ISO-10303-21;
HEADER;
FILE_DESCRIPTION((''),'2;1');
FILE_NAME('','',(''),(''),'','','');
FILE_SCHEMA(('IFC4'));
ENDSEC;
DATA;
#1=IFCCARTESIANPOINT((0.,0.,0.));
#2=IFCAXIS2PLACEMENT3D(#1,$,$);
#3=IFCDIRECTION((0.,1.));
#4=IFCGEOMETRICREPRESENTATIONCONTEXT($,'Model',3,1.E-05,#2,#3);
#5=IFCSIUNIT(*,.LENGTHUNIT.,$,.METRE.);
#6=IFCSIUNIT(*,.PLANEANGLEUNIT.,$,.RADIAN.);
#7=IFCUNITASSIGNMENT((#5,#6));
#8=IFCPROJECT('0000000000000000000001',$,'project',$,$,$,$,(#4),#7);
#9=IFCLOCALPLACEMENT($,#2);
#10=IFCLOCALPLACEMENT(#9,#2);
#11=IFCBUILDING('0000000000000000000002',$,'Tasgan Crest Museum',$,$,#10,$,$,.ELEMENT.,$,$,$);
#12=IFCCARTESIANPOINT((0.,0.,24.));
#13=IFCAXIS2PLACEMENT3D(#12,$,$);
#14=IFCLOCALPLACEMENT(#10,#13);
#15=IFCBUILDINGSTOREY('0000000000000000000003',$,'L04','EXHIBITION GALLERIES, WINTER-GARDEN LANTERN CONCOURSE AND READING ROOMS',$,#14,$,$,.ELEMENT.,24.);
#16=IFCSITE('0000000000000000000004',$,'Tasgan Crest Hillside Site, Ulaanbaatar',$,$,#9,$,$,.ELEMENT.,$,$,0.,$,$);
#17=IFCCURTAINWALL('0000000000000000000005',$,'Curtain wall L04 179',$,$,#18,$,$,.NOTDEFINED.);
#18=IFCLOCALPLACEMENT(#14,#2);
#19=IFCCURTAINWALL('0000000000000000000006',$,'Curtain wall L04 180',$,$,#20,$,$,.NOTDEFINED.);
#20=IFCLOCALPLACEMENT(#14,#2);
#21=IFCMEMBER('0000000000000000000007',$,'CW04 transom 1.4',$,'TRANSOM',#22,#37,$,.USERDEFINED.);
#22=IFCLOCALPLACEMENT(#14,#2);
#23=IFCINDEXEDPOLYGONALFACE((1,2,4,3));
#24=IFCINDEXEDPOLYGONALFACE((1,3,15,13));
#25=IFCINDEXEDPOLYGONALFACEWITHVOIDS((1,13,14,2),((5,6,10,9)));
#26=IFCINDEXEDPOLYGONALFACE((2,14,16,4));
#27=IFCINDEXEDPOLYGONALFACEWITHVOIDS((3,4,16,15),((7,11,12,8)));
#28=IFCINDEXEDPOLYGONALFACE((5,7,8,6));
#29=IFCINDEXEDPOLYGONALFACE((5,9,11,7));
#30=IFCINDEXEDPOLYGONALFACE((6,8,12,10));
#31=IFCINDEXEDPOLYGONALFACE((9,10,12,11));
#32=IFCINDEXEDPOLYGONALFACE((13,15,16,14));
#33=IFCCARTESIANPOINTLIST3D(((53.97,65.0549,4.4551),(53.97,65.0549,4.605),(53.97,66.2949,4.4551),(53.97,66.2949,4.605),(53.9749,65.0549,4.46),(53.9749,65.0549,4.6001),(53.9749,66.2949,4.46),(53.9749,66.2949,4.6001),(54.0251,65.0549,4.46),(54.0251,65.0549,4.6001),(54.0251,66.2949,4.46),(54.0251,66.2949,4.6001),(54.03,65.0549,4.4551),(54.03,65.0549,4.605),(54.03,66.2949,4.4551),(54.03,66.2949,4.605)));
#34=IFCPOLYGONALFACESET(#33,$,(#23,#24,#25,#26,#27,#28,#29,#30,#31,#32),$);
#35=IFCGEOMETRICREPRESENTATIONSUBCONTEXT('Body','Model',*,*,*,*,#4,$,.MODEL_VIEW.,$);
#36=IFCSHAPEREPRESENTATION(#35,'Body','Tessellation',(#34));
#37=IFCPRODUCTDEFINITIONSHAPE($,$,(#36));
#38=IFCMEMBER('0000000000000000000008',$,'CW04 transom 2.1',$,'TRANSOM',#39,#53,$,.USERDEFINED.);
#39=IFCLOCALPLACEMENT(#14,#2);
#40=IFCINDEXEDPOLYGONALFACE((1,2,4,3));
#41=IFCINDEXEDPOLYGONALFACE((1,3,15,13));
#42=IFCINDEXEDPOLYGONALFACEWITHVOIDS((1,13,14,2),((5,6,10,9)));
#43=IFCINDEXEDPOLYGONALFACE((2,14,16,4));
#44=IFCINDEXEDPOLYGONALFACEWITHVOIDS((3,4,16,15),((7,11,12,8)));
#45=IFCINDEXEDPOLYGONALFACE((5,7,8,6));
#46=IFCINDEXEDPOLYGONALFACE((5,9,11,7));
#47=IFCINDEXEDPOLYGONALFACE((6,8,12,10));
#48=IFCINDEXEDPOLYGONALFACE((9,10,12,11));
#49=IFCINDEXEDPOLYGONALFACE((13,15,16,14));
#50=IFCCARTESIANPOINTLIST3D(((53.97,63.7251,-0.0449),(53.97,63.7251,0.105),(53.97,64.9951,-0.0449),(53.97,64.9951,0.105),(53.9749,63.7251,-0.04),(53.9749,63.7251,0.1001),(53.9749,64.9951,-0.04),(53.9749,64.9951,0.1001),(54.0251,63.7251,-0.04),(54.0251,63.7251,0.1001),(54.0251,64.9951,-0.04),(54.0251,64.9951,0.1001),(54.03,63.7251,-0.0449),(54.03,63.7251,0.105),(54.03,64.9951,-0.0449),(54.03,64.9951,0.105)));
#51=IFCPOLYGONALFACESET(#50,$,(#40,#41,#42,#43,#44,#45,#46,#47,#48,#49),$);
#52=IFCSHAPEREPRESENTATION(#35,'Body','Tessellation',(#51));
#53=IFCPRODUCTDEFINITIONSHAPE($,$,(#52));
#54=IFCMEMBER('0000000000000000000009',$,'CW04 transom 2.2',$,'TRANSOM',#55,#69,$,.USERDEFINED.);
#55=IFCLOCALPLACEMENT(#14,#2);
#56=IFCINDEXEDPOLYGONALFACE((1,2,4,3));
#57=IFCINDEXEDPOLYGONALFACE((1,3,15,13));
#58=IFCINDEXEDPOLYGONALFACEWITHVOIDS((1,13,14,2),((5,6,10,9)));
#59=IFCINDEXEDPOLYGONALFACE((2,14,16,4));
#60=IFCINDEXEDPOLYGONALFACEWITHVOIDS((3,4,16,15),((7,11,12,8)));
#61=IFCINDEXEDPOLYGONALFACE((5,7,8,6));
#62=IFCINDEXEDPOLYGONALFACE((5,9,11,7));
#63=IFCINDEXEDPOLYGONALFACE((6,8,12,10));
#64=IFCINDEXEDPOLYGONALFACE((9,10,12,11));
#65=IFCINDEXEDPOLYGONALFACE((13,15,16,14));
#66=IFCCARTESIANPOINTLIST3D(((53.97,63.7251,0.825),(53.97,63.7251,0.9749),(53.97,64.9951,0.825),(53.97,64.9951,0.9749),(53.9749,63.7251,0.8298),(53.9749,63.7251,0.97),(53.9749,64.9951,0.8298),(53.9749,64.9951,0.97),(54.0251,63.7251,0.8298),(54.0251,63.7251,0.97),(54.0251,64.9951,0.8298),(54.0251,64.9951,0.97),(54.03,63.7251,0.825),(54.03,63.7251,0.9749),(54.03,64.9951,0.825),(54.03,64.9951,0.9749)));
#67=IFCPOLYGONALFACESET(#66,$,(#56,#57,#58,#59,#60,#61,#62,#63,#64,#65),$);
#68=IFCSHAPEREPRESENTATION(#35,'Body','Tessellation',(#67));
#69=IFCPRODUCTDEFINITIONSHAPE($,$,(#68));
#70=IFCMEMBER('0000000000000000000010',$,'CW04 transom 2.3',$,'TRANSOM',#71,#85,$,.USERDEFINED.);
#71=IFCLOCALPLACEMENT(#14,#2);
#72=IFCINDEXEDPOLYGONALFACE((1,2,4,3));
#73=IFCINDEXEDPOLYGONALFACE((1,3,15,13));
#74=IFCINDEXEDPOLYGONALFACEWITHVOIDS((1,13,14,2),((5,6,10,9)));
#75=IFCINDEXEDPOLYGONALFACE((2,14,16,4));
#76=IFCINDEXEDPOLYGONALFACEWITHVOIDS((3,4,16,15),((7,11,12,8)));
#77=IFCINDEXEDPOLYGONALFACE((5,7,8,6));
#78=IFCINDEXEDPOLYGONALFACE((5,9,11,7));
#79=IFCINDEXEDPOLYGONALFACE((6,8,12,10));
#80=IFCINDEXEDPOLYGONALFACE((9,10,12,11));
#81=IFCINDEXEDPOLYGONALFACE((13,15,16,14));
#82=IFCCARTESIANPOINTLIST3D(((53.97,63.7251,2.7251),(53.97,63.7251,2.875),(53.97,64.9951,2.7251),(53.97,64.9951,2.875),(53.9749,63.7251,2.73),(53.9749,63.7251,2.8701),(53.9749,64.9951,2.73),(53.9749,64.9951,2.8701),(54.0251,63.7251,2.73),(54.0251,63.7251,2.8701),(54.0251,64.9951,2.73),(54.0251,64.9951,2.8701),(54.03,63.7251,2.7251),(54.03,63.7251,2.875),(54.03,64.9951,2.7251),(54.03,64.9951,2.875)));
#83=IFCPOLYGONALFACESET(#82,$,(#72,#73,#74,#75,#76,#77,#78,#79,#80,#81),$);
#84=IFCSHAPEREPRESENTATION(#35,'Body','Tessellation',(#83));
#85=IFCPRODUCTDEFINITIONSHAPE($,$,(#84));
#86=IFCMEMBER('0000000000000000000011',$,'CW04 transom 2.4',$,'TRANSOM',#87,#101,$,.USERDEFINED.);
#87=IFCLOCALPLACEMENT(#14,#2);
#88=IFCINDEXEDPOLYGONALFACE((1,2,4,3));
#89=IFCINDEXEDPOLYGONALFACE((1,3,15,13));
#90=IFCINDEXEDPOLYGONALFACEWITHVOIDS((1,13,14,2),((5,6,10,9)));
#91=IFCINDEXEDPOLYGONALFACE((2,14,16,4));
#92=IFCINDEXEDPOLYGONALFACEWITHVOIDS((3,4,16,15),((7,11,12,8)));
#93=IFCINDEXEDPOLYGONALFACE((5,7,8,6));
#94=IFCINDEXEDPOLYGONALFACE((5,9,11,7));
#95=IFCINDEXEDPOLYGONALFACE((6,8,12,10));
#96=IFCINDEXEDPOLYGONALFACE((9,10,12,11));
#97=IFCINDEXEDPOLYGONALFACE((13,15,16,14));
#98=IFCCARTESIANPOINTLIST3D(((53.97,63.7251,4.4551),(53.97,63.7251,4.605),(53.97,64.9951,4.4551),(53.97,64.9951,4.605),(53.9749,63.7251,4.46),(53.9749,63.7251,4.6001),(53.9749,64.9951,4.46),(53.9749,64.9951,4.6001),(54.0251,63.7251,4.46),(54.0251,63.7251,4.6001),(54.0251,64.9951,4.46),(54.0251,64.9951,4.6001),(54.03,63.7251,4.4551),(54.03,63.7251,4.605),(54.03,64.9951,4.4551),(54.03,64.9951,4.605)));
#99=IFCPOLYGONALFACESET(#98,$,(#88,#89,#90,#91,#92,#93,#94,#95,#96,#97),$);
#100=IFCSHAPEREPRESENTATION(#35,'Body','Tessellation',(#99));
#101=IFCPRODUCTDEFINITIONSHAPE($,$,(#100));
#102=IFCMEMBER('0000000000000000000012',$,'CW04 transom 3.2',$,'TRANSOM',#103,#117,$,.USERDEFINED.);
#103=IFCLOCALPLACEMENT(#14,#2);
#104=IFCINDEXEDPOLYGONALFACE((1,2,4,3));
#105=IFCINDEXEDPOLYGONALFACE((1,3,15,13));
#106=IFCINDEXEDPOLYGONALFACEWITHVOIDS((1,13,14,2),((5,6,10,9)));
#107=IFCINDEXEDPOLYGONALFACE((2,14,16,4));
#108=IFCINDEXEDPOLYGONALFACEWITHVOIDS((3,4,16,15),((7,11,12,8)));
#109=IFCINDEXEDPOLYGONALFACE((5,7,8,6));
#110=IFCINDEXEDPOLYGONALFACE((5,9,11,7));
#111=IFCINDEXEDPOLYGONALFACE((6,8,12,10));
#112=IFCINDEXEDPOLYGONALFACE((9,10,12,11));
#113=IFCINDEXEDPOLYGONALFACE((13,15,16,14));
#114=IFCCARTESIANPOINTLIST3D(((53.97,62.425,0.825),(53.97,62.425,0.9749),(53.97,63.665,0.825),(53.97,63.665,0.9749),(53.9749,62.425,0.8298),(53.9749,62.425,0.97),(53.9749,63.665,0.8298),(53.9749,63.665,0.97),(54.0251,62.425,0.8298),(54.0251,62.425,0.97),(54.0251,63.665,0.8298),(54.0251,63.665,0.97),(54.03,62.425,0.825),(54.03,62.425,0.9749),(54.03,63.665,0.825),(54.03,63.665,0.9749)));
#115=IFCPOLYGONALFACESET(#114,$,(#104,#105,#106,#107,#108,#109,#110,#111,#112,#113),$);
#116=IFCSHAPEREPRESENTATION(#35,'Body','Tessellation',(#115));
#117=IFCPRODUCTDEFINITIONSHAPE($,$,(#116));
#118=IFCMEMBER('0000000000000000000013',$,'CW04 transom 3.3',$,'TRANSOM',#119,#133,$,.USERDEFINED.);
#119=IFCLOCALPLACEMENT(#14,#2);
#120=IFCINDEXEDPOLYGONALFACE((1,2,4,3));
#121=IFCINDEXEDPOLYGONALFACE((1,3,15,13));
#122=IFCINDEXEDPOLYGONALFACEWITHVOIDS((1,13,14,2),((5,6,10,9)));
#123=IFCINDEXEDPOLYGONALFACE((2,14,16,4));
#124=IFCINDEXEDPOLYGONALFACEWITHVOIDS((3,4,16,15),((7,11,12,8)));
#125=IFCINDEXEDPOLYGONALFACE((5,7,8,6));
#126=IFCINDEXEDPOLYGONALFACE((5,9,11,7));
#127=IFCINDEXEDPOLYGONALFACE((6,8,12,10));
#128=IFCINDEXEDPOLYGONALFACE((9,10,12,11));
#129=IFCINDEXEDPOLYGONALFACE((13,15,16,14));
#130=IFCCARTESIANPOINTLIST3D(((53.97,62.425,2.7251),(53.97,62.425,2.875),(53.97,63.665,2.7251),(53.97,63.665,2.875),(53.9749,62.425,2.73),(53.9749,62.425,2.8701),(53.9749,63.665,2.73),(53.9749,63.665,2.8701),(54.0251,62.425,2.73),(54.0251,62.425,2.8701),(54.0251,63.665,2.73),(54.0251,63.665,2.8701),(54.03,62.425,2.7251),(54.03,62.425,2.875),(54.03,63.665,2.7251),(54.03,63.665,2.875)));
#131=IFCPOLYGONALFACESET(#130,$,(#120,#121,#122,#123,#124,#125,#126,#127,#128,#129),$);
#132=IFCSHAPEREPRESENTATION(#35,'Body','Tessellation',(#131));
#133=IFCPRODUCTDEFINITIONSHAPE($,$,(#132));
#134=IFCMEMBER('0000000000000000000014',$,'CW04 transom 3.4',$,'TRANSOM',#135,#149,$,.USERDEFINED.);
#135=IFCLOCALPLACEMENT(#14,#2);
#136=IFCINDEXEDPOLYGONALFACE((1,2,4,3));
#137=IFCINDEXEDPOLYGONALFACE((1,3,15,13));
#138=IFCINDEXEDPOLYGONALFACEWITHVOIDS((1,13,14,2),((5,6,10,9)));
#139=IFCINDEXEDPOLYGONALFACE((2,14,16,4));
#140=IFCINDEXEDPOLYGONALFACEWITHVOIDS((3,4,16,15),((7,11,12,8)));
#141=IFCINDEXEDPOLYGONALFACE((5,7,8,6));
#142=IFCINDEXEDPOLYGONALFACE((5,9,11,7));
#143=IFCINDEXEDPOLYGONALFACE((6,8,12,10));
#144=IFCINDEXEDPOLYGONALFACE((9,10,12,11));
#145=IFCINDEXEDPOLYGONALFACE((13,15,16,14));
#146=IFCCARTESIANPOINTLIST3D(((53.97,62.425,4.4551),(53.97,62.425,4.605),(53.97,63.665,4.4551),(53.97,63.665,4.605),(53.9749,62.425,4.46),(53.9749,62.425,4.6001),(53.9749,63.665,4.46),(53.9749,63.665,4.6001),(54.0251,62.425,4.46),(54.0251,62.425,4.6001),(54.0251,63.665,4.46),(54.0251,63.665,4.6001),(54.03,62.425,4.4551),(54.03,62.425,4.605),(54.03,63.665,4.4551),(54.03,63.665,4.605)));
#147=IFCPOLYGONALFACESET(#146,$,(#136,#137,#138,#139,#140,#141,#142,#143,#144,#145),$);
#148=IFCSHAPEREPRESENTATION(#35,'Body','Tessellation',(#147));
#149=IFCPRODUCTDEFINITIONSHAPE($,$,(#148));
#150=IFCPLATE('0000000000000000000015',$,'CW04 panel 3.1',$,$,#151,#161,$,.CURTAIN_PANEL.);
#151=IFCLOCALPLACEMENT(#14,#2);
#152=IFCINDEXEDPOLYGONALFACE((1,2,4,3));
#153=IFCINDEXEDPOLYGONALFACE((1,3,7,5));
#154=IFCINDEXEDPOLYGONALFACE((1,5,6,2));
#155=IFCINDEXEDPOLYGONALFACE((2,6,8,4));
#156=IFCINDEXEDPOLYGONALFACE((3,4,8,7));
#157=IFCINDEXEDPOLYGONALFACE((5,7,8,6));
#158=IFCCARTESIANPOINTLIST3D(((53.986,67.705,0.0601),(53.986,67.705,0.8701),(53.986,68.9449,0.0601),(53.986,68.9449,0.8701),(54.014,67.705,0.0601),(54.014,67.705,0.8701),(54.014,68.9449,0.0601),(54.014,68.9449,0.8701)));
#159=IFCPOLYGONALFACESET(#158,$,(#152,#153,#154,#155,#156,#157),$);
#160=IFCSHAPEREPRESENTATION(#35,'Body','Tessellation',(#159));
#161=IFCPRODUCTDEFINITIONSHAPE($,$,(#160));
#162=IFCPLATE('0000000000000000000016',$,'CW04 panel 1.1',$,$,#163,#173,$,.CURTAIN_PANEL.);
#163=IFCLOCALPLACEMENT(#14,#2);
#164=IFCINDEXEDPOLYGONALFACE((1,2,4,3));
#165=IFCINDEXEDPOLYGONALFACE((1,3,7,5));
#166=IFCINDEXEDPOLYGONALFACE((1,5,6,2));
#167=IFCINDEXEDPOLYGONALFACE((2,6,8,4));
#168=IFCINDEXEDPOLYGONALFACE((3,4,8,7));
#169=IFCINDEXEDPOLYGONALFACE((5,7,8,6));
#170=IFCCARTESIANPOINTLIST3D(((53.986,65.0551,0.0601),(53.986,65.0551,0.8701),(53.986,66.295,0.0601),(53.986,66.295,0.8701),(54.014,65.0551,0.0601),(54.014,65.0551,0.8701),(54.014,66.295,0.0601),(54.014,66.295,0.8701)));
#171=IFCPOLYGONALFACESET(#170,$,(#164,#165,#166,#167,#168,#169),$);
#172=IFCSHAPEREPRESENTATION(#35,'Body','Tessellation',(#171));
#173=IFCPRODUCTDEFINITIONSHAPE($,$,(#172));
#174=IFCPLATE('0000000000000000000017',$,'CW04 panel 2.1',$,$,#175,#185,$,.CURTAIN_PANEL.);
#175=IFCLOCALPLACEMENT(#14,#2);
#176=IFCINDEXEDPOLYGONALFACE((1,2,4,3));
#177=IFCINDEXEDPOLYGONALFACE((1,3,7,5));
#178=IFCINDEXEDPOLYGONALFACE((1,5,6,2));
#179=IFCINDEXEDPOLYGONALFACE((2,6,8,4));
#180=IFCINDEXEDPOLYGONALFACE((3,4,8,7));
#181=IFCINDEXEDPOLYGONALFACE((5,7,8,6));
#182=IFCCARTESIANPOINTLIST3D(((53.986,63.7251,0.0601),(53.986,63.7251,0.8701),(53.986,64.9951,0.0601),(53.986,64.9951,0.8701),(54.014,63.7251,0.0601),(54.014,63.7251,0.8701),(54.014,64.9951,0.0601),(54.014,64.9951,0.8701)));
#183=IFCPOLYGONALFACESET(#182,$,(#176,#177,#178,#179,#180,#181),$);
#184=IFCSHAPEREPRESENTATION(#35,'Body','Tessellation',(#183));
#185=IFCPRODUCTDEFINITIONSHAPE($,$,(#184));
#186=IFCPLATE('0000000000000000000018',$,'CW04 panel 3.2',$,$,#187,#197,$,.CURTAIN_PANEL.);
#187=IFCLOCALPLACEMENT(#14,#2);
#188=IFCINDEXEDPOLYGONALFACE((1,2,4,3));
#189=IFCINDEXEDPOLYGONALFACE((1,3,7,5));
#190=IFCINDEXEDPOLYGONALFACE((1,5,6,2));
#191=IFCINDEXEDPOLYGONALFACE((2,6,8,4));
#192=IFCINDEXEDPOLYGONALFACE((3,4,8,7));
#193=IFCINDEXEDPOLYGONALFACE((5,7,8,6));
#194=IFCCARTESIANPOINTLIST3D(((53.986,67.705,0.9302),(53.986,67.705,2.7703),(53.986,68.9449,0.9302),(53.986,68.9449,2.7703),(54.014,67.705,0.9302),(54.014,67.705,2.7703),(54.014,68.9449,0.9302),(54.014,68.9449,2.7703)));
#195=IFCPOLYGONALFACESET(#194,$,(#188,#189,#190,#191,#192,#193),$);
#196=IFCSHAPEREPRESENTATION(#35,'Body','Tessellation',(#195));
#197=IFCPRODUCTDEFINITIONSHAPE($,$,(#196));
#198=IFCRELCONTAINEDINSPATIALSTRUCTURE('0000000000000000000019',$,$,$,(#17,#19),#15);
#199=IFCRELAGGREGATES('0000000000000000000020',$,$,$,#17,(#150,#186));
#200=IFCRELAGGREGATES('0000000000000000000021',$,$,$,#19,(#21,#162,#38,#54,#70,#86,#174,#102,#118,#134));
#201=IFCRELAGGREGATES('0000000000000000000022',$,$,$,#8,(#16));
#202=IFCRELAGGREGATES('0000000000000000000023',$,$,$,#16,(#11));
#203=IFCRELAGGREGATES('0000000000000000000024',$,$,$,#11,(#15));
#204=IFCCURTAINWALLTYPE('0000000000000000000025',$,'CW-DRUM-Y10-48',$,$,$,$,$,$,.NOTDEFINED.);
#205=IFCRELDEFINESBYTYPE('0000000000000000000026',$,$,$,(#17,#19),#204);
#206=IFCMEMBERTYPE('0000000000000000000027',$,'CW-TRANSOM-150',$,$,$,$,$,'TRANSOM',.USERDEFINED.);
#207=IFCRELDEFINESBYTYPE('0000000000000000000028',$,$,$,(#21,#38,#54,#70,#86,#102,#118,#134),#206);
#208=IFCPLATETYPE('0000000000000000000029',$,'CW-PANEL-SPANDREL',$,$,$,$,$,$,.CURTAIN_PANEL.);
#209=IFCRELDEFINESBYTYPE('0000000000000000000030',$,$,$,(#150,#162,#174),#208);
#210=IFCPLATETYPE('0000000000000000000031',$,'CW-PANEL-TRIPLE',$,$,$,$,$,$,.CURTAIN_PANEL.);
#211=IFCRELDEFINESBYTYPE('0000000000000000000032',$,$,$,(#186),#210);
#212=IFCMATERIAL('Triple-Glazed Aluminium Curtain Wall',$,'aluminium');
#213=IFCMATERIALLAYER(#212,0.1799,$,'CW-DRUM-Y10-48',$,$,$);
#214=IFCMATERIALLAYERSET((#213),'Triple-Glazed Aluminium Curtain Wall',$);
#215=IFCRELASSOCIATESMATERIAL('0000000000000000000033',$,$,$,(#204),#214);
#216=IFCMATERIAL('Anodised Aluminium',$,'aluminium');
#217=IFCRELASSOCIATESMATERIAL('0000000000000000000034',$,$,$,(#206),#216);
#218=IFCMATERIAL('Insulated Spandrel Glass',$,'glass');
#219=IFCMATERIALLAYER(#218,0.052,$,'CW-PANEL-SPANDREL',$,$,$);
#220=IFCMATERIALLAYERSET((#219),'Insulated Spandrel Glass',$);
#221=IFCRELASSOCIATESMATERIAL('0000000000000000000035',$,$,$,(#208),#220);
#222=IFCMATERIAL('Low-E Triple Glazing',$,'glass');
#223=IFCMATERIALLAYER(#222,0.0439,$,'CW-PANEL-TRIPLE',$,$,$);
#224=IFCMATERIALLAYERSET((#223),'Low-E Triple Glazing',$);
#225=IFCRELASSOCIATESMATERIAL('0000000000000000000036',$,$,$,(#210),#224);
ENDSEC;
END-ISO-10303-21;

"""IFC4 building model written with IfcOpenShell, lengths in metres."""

from ifc_helpers import new_model, si_unit, direction, frame, origin, origin_2d, place, context, subcontext, project, spatial, rectangle, hollow_rectangle, extrude, material, layer, layer_set, material_profile, profile_set, type_object, element, aggregate, save


model = new_model("IFC4")

# Units and contexts
model_context = context("Model", 3, precision=1e-05, world=origin(), true_north=direction((0.0, 1.0)))
body_context = subcontext(model_context, "Body", "Model", "MODEL_VIEW")
ifc_project = project(units=[si_unit("LENGTHUNIT", "METRE"), si_unit("PLANEANGLEUNIT", "RADIAN")], contexts=[model_context])

# Site, building, storey
site_placement = place(None, origin())
site = spatial("IfcSite", under=ifc_project, at=site_placement, Name="Tasgan Crest Hillside Site, Ulaanbaatar", CompositionType="ELEMENT", RefElevation=0.0)
building_placement = place(site_placement, origin())
building = spatial("IfcBuilding", under=site, at=building_placement, Name="Tasgan Crest Museum", CompositionType="ELEMENT")
storey_placement = place(building_placement, frame((0.0, 0.0, 24.0)))
storey = spatial("IfcBuildingStorey", under=building, at=storey_placement, Name="L04", Description="EXHIBITION GALLERIES, WINTER-GARDEN LANTERN CONCOURSE AND READING ROOMS", CompositionType="ELEMENT", Elevation=24.0)

# Curtain wall
ifc_material_1 = material(Name="Triple-Glazed Aluminium Curtain Wall", Category="aluminium")
ifc_layer_1 = layer(ifc_material_1, 0.1799, Name="CW-DRUM-Y10-48")
ifc_layer_set_1 = layer_set([ifc_layer_1], Name="Triple-Glazed Aluminium Curtain Wall")
curtain_wall_type = type_object("IfcCurtainWallType", Name="CW-DRUM-Y10-48", PredefinedType="NOTDEFINED", material=ifc_layer_set_1)
curtain_wall_1_placement = place(storey_placement, origin())
curtain_wall_1 = element("IfcCurtainWall", 1, at=curtain_wall_1_placement, inside=storey, type_object=curtain_wall_type, Name="Curtain wall L04 179", PredefinedType="NOTDEFINED")

# Curtain wall
curtain_wall_2_placement = place(storey_placement, origin())
curtain_wall_2 = element("IfcCurtainWall", 2, at=curtain_wall_2_placement, inside=storey, type_object=curtain_wall_type, Name="Curtain wall L04 180", PredefinedType="NOTDEFINED")

# Members
ifc_material_2 = material(Name="Anodised Aluminium", Category="aluminium")
ifc_material_profile_1 = material_profile(ifc_material_2, hollow_rectangle(XDim=0.0601, YDim=0.1499, WallThickness=0.0049, at=origin_2d()), Name="ALU TRANSOM 150x60x5")
ifc_profile_set_1 = profile_set([ifc_material_profile_1], Name="Anodised Aluminium")
member_type_1 = type_object("IfcMemberType", Name="CW-TRANSOM-150", ElementType="TRANSOM", PredefinedType="USERDEFINED", material=ifc_profile_set_1)
member_1_placement = place(storey_placement, frame((54.0, 66.2949, 4.53), z_axis=(0.0, -1.0, 0.0), x_axis=(1.0, 0.0, 0.0)))
member_1 = element("IfcMember", 3, at=member_1_placement, type_object=member_type_1, Name="CW04 transom 1.4", ObjectType="TRANSOM", PredefinedType="USERDEFINED", context=body_context, shape_type="SweptSolid", body=[
    extrude(hollow_rectangle(XDim=0.0601, YDim=0.1499, WallThickness=0.0049, at=origin_2d()), origin(), (0.0, 0.0, 1.0), 1.24),
])
member_2_placement = place(storey_placement, frame((54.0, 64.9951, 0.03), z_axis=(0.0, -1.0, 0.0), x_axis=(1.0, 0.0, 0.0)))
member_2 = element("IfcMember", 4, at=member_2_placement, type_object=member_type_1, Name="CW04 transom 2.1", ObjectType="TRANSOM", PredefinedType="USERDEFINED", context=body_context, shape_type="SweptSolid", body=[
    extrude(hollow_rectangle(XDim=0.0601, YDim=0.1499, WallThickness=0.0049, at=origin_2d()), origin(), (0.0, 0.0, 1.0), 1.27),
])
member_3_placement = place(storey_placement, frame((54.0, 64.9951, 0.8999), z_axis=(0.0, -1.0, 0.0), x_axis=(1.0, 0.0, 0.0)))
member_3 = element("IfcMember", 5, at=member_3_placement, type_object=member_type_1, Name="CW04 transom 2.2", ObjectType="TRANSOM", PredefinedType="USERDEFINED", context=body_context, shape_type="SweptSolid", body=[
    extrude(hollow_rectangle(XDim=0.0601, YDim=0.1499, WallThickness=0.0049, at=origin_2d()), origin(), (0.0, 0.0, 1.0), 1.27),
])
member_4_placement = place(storey_placement, frame((54.0, 64.9951, 2.8), z_axis=(0.0, -1.0, 0.0), x_axis=(1.0, 0.0, 0.0)))
member_4 = element("IfcMember", 6, at=member_4_placement, type_object=member_type_1, Name="CW04 transom 2.3", ObjectType="TRANSOM", PredefinedType="USERDEFINED", context=body_context, shape_type="SweptSolid", body=[
    extrude(hollow_rectangle(XDim=0.0601, YDim=0.1499, WallThickness=0.0049, at=origin_2d()), origin(), (0.0, 0.0, 1.0), 1.27),
])
member_5_placement = place(storey_placement, frame((54.0, 64.9951, 4.53), z_axis=(0.0, -1.0, 0.0), x_axis=(1.0, 0.0, 0.0)))
member_5 = element("IfcMember", 7, at=member_5_placement, type_object=member_type_1, Name="CW04 transom 2.4", ObjectType="TRANSOM", PredefinedType="USERDEFINED", context=body_context, shape_type="SweptSolid", body=[
    extrude(hollow_rectangle(XDim=0.0601, YDim=0.1499, WallThickness=0.0049, at=origin_2d()), origin(), (0.0, 0.0, 1.0), 1.27),
])
member_6_placement = place(storey_placement, frame((54.0, 63.665, 0.8999), z_axis=(0.0, -1.0, 0.0), x_axis=(1.0, 0.0, 0.0)))
member_6 = element("IfcMember", 8, at=member_6_placement, type_object=member_type_1, Name="CW04 transom 3.2", ObjectType="TRANSOM", PredefinedType="USERDEFINED", context=body_context, shape_type="SweptSolid", body=[
    extrude(hollow_rectangle(XDim=0.0601, YDim=0.1499, WallThickness=0.0049, at=origin_2d()), origin(), (0.0, 0.0, 1.0), 1.24),
])
member_7_placement = place(storey_placement, frame((54.0, 63.665, 2.8), z_axis=(0.0, -1.0, 0.0), x_axis=(1.0, 0.0, 0.0)))
member_7 = element("IfcMember", 9, at=member_7_placement, type_object=member_type_1, Name="CW04 transom 3.3", ObjectType="TRANSOM", PredefinedType="USERDEFINED", context=body_context, shape_type="SweptSolid", body=[
    extrude(hollow_rectangle(XDim=0.0601, YDim=0.1499, WallThickness=0.0049, at=origin_2d()), origin(), (0.0, 0.0, 1.0), 1.24),
])
member_8_placement = place(storey_placement, frame((54.0, 63.665, 4.53), z_axis=(0.0, -1.0, 0.0), x_axis=(1.0, 0.0, 0.0)))
member_8 = element("IfcMember", 10, at=member_8_placement, type_object=member_type_1, Name="CW04 transom 3.4", ObjectType="TRANSOM", PredefinedType="USERDEFINED", context=body_context, shape_type="SweptSolid", body=[
    extrude(hollow_rectangle(XDim=0.0601, YDim=0.1499, WallThickness=0.0049, at=origin_2d()), origin(), (0.0, 0.0, 1.0), 1.24),
])

# Plates
ifc_material_3 = material(Name="Insulated Spandrel Glass", Category="glass")
ifc_layer_2 = layer(ifc_material_3, 0.052, Name="CW-PANEL-SPANDREL")
ifc_layer_set_2 = layer_set([ifc_layer_2], Name="Insulated Spandrel Glass")
plate_type_1 = type_object("IfcPlateType", Name="CW-PANEL-SPANDREL", PredefinedType="CURTAIN_PANEL", material=ifc_layer_set_2)
plate_1_placement = place(storey_placement, frame((54.0, 68.325, 0.0601), z_axis=(0.0, 0.0, 1.0), x_axis=(0.0, -1.0, 0.0)))
plate_1 = element("IfcPlate", 11, at=plate_1_placement, type_object=plate_type_1, Name="CW04 panel 3.1", PredefinedType="CURTAIN_PANEL", context=body_context, shape_type="SweptSolid", body=[
    extrude(rectangle(XDim=1.24, YDim=0.0281, at=origin_2d()), origin(), (0.0, 0.0, 1.0), 0.8101),
])
plate_2_placement = place(storey_placement, frame((54.0, 65.675, 0.0601), z_axis=(0.0, 0.0, 1.0), x_axis=(0.0, -1.0, 0.0)))
plate_2 = element("IfcPlate", 12, at=plate_2_placement, type_object=plate_type_1, Name="CW04 panel 1.1", PredefinedType="CURTAIN_PANEL", context=body_context, shape_type="SweptSolid", body=[
    extrude(rectangle(XDim=1.24, YDim=0.0281, at=origin_2d()), origin(), (0.0, 0.0, 1.0), 0.8101),
])
plate_3_placement = place(storey_placement, frame((54.0, 64.3601, 0.0601), z_axis=(0.0, 0.0, 1.0), x_axis=(0.0, -1.0, 0.0)))
plate_3 = element("IfcPlate", 13, at=plate_3_placement, type_object=plate_type_1, Name="CW04 panel 2.1", PredefinedType="CURTAIN_PANEL", context=body_context, shape_type="SweptSolid", body=[
    extrude(rectangle(XDim=1.27, YDim=0.0281, at=origin_2d()), origin(), (0.0, 0.0, 1.0), 0.8101),
])
ifc_material_4 = material(Name="Low-E Triple Glazing", Category="glass")
ifc_layer_3 = layer(ifc_material_4, 0.0439, Name="CW-PANEL-TRIPLE")
ifc_layer_set_3 = layer_set([ifc_layer_3], Name="Low-E Triple Glazing")
plate_type_2 = type_object("IfcPlateType", Name="CW-PANEL-TRIPLE", PredefinedType="CURTAIN_PANEL", material=ifc_layer_set_3)
plate_4_placement = place(storey_placement, frame((54.0, 68.325, 0.9302), z_axis=(0.0, 0.0, 1.0), x_axis=(0.0, -1.0, 0.0)))
plate_4 = element("IfcPlate", 14, at=plate_4_placement, type_object=plate_type_2, Name="CW04 panel 3.2", PredefinedType="CURTAIN_PANEL", context=body_context, shape_type="SweptSolid", body=[
    extrude(rectangle(XDim=1.24, YDim=0.0281, at=origin_2d()), origin(), (0.0, 0.0, 1.0), 1.8401),
])
aggregate(curtain_wall_1, [plate_1, plate_4])
aggregate(curtain_wall_2, [member_1, plate_2, member_2, member_3, member_4, member_5, plate_3, member_6, member_7, member_8])

save(model, "model.ifc")
